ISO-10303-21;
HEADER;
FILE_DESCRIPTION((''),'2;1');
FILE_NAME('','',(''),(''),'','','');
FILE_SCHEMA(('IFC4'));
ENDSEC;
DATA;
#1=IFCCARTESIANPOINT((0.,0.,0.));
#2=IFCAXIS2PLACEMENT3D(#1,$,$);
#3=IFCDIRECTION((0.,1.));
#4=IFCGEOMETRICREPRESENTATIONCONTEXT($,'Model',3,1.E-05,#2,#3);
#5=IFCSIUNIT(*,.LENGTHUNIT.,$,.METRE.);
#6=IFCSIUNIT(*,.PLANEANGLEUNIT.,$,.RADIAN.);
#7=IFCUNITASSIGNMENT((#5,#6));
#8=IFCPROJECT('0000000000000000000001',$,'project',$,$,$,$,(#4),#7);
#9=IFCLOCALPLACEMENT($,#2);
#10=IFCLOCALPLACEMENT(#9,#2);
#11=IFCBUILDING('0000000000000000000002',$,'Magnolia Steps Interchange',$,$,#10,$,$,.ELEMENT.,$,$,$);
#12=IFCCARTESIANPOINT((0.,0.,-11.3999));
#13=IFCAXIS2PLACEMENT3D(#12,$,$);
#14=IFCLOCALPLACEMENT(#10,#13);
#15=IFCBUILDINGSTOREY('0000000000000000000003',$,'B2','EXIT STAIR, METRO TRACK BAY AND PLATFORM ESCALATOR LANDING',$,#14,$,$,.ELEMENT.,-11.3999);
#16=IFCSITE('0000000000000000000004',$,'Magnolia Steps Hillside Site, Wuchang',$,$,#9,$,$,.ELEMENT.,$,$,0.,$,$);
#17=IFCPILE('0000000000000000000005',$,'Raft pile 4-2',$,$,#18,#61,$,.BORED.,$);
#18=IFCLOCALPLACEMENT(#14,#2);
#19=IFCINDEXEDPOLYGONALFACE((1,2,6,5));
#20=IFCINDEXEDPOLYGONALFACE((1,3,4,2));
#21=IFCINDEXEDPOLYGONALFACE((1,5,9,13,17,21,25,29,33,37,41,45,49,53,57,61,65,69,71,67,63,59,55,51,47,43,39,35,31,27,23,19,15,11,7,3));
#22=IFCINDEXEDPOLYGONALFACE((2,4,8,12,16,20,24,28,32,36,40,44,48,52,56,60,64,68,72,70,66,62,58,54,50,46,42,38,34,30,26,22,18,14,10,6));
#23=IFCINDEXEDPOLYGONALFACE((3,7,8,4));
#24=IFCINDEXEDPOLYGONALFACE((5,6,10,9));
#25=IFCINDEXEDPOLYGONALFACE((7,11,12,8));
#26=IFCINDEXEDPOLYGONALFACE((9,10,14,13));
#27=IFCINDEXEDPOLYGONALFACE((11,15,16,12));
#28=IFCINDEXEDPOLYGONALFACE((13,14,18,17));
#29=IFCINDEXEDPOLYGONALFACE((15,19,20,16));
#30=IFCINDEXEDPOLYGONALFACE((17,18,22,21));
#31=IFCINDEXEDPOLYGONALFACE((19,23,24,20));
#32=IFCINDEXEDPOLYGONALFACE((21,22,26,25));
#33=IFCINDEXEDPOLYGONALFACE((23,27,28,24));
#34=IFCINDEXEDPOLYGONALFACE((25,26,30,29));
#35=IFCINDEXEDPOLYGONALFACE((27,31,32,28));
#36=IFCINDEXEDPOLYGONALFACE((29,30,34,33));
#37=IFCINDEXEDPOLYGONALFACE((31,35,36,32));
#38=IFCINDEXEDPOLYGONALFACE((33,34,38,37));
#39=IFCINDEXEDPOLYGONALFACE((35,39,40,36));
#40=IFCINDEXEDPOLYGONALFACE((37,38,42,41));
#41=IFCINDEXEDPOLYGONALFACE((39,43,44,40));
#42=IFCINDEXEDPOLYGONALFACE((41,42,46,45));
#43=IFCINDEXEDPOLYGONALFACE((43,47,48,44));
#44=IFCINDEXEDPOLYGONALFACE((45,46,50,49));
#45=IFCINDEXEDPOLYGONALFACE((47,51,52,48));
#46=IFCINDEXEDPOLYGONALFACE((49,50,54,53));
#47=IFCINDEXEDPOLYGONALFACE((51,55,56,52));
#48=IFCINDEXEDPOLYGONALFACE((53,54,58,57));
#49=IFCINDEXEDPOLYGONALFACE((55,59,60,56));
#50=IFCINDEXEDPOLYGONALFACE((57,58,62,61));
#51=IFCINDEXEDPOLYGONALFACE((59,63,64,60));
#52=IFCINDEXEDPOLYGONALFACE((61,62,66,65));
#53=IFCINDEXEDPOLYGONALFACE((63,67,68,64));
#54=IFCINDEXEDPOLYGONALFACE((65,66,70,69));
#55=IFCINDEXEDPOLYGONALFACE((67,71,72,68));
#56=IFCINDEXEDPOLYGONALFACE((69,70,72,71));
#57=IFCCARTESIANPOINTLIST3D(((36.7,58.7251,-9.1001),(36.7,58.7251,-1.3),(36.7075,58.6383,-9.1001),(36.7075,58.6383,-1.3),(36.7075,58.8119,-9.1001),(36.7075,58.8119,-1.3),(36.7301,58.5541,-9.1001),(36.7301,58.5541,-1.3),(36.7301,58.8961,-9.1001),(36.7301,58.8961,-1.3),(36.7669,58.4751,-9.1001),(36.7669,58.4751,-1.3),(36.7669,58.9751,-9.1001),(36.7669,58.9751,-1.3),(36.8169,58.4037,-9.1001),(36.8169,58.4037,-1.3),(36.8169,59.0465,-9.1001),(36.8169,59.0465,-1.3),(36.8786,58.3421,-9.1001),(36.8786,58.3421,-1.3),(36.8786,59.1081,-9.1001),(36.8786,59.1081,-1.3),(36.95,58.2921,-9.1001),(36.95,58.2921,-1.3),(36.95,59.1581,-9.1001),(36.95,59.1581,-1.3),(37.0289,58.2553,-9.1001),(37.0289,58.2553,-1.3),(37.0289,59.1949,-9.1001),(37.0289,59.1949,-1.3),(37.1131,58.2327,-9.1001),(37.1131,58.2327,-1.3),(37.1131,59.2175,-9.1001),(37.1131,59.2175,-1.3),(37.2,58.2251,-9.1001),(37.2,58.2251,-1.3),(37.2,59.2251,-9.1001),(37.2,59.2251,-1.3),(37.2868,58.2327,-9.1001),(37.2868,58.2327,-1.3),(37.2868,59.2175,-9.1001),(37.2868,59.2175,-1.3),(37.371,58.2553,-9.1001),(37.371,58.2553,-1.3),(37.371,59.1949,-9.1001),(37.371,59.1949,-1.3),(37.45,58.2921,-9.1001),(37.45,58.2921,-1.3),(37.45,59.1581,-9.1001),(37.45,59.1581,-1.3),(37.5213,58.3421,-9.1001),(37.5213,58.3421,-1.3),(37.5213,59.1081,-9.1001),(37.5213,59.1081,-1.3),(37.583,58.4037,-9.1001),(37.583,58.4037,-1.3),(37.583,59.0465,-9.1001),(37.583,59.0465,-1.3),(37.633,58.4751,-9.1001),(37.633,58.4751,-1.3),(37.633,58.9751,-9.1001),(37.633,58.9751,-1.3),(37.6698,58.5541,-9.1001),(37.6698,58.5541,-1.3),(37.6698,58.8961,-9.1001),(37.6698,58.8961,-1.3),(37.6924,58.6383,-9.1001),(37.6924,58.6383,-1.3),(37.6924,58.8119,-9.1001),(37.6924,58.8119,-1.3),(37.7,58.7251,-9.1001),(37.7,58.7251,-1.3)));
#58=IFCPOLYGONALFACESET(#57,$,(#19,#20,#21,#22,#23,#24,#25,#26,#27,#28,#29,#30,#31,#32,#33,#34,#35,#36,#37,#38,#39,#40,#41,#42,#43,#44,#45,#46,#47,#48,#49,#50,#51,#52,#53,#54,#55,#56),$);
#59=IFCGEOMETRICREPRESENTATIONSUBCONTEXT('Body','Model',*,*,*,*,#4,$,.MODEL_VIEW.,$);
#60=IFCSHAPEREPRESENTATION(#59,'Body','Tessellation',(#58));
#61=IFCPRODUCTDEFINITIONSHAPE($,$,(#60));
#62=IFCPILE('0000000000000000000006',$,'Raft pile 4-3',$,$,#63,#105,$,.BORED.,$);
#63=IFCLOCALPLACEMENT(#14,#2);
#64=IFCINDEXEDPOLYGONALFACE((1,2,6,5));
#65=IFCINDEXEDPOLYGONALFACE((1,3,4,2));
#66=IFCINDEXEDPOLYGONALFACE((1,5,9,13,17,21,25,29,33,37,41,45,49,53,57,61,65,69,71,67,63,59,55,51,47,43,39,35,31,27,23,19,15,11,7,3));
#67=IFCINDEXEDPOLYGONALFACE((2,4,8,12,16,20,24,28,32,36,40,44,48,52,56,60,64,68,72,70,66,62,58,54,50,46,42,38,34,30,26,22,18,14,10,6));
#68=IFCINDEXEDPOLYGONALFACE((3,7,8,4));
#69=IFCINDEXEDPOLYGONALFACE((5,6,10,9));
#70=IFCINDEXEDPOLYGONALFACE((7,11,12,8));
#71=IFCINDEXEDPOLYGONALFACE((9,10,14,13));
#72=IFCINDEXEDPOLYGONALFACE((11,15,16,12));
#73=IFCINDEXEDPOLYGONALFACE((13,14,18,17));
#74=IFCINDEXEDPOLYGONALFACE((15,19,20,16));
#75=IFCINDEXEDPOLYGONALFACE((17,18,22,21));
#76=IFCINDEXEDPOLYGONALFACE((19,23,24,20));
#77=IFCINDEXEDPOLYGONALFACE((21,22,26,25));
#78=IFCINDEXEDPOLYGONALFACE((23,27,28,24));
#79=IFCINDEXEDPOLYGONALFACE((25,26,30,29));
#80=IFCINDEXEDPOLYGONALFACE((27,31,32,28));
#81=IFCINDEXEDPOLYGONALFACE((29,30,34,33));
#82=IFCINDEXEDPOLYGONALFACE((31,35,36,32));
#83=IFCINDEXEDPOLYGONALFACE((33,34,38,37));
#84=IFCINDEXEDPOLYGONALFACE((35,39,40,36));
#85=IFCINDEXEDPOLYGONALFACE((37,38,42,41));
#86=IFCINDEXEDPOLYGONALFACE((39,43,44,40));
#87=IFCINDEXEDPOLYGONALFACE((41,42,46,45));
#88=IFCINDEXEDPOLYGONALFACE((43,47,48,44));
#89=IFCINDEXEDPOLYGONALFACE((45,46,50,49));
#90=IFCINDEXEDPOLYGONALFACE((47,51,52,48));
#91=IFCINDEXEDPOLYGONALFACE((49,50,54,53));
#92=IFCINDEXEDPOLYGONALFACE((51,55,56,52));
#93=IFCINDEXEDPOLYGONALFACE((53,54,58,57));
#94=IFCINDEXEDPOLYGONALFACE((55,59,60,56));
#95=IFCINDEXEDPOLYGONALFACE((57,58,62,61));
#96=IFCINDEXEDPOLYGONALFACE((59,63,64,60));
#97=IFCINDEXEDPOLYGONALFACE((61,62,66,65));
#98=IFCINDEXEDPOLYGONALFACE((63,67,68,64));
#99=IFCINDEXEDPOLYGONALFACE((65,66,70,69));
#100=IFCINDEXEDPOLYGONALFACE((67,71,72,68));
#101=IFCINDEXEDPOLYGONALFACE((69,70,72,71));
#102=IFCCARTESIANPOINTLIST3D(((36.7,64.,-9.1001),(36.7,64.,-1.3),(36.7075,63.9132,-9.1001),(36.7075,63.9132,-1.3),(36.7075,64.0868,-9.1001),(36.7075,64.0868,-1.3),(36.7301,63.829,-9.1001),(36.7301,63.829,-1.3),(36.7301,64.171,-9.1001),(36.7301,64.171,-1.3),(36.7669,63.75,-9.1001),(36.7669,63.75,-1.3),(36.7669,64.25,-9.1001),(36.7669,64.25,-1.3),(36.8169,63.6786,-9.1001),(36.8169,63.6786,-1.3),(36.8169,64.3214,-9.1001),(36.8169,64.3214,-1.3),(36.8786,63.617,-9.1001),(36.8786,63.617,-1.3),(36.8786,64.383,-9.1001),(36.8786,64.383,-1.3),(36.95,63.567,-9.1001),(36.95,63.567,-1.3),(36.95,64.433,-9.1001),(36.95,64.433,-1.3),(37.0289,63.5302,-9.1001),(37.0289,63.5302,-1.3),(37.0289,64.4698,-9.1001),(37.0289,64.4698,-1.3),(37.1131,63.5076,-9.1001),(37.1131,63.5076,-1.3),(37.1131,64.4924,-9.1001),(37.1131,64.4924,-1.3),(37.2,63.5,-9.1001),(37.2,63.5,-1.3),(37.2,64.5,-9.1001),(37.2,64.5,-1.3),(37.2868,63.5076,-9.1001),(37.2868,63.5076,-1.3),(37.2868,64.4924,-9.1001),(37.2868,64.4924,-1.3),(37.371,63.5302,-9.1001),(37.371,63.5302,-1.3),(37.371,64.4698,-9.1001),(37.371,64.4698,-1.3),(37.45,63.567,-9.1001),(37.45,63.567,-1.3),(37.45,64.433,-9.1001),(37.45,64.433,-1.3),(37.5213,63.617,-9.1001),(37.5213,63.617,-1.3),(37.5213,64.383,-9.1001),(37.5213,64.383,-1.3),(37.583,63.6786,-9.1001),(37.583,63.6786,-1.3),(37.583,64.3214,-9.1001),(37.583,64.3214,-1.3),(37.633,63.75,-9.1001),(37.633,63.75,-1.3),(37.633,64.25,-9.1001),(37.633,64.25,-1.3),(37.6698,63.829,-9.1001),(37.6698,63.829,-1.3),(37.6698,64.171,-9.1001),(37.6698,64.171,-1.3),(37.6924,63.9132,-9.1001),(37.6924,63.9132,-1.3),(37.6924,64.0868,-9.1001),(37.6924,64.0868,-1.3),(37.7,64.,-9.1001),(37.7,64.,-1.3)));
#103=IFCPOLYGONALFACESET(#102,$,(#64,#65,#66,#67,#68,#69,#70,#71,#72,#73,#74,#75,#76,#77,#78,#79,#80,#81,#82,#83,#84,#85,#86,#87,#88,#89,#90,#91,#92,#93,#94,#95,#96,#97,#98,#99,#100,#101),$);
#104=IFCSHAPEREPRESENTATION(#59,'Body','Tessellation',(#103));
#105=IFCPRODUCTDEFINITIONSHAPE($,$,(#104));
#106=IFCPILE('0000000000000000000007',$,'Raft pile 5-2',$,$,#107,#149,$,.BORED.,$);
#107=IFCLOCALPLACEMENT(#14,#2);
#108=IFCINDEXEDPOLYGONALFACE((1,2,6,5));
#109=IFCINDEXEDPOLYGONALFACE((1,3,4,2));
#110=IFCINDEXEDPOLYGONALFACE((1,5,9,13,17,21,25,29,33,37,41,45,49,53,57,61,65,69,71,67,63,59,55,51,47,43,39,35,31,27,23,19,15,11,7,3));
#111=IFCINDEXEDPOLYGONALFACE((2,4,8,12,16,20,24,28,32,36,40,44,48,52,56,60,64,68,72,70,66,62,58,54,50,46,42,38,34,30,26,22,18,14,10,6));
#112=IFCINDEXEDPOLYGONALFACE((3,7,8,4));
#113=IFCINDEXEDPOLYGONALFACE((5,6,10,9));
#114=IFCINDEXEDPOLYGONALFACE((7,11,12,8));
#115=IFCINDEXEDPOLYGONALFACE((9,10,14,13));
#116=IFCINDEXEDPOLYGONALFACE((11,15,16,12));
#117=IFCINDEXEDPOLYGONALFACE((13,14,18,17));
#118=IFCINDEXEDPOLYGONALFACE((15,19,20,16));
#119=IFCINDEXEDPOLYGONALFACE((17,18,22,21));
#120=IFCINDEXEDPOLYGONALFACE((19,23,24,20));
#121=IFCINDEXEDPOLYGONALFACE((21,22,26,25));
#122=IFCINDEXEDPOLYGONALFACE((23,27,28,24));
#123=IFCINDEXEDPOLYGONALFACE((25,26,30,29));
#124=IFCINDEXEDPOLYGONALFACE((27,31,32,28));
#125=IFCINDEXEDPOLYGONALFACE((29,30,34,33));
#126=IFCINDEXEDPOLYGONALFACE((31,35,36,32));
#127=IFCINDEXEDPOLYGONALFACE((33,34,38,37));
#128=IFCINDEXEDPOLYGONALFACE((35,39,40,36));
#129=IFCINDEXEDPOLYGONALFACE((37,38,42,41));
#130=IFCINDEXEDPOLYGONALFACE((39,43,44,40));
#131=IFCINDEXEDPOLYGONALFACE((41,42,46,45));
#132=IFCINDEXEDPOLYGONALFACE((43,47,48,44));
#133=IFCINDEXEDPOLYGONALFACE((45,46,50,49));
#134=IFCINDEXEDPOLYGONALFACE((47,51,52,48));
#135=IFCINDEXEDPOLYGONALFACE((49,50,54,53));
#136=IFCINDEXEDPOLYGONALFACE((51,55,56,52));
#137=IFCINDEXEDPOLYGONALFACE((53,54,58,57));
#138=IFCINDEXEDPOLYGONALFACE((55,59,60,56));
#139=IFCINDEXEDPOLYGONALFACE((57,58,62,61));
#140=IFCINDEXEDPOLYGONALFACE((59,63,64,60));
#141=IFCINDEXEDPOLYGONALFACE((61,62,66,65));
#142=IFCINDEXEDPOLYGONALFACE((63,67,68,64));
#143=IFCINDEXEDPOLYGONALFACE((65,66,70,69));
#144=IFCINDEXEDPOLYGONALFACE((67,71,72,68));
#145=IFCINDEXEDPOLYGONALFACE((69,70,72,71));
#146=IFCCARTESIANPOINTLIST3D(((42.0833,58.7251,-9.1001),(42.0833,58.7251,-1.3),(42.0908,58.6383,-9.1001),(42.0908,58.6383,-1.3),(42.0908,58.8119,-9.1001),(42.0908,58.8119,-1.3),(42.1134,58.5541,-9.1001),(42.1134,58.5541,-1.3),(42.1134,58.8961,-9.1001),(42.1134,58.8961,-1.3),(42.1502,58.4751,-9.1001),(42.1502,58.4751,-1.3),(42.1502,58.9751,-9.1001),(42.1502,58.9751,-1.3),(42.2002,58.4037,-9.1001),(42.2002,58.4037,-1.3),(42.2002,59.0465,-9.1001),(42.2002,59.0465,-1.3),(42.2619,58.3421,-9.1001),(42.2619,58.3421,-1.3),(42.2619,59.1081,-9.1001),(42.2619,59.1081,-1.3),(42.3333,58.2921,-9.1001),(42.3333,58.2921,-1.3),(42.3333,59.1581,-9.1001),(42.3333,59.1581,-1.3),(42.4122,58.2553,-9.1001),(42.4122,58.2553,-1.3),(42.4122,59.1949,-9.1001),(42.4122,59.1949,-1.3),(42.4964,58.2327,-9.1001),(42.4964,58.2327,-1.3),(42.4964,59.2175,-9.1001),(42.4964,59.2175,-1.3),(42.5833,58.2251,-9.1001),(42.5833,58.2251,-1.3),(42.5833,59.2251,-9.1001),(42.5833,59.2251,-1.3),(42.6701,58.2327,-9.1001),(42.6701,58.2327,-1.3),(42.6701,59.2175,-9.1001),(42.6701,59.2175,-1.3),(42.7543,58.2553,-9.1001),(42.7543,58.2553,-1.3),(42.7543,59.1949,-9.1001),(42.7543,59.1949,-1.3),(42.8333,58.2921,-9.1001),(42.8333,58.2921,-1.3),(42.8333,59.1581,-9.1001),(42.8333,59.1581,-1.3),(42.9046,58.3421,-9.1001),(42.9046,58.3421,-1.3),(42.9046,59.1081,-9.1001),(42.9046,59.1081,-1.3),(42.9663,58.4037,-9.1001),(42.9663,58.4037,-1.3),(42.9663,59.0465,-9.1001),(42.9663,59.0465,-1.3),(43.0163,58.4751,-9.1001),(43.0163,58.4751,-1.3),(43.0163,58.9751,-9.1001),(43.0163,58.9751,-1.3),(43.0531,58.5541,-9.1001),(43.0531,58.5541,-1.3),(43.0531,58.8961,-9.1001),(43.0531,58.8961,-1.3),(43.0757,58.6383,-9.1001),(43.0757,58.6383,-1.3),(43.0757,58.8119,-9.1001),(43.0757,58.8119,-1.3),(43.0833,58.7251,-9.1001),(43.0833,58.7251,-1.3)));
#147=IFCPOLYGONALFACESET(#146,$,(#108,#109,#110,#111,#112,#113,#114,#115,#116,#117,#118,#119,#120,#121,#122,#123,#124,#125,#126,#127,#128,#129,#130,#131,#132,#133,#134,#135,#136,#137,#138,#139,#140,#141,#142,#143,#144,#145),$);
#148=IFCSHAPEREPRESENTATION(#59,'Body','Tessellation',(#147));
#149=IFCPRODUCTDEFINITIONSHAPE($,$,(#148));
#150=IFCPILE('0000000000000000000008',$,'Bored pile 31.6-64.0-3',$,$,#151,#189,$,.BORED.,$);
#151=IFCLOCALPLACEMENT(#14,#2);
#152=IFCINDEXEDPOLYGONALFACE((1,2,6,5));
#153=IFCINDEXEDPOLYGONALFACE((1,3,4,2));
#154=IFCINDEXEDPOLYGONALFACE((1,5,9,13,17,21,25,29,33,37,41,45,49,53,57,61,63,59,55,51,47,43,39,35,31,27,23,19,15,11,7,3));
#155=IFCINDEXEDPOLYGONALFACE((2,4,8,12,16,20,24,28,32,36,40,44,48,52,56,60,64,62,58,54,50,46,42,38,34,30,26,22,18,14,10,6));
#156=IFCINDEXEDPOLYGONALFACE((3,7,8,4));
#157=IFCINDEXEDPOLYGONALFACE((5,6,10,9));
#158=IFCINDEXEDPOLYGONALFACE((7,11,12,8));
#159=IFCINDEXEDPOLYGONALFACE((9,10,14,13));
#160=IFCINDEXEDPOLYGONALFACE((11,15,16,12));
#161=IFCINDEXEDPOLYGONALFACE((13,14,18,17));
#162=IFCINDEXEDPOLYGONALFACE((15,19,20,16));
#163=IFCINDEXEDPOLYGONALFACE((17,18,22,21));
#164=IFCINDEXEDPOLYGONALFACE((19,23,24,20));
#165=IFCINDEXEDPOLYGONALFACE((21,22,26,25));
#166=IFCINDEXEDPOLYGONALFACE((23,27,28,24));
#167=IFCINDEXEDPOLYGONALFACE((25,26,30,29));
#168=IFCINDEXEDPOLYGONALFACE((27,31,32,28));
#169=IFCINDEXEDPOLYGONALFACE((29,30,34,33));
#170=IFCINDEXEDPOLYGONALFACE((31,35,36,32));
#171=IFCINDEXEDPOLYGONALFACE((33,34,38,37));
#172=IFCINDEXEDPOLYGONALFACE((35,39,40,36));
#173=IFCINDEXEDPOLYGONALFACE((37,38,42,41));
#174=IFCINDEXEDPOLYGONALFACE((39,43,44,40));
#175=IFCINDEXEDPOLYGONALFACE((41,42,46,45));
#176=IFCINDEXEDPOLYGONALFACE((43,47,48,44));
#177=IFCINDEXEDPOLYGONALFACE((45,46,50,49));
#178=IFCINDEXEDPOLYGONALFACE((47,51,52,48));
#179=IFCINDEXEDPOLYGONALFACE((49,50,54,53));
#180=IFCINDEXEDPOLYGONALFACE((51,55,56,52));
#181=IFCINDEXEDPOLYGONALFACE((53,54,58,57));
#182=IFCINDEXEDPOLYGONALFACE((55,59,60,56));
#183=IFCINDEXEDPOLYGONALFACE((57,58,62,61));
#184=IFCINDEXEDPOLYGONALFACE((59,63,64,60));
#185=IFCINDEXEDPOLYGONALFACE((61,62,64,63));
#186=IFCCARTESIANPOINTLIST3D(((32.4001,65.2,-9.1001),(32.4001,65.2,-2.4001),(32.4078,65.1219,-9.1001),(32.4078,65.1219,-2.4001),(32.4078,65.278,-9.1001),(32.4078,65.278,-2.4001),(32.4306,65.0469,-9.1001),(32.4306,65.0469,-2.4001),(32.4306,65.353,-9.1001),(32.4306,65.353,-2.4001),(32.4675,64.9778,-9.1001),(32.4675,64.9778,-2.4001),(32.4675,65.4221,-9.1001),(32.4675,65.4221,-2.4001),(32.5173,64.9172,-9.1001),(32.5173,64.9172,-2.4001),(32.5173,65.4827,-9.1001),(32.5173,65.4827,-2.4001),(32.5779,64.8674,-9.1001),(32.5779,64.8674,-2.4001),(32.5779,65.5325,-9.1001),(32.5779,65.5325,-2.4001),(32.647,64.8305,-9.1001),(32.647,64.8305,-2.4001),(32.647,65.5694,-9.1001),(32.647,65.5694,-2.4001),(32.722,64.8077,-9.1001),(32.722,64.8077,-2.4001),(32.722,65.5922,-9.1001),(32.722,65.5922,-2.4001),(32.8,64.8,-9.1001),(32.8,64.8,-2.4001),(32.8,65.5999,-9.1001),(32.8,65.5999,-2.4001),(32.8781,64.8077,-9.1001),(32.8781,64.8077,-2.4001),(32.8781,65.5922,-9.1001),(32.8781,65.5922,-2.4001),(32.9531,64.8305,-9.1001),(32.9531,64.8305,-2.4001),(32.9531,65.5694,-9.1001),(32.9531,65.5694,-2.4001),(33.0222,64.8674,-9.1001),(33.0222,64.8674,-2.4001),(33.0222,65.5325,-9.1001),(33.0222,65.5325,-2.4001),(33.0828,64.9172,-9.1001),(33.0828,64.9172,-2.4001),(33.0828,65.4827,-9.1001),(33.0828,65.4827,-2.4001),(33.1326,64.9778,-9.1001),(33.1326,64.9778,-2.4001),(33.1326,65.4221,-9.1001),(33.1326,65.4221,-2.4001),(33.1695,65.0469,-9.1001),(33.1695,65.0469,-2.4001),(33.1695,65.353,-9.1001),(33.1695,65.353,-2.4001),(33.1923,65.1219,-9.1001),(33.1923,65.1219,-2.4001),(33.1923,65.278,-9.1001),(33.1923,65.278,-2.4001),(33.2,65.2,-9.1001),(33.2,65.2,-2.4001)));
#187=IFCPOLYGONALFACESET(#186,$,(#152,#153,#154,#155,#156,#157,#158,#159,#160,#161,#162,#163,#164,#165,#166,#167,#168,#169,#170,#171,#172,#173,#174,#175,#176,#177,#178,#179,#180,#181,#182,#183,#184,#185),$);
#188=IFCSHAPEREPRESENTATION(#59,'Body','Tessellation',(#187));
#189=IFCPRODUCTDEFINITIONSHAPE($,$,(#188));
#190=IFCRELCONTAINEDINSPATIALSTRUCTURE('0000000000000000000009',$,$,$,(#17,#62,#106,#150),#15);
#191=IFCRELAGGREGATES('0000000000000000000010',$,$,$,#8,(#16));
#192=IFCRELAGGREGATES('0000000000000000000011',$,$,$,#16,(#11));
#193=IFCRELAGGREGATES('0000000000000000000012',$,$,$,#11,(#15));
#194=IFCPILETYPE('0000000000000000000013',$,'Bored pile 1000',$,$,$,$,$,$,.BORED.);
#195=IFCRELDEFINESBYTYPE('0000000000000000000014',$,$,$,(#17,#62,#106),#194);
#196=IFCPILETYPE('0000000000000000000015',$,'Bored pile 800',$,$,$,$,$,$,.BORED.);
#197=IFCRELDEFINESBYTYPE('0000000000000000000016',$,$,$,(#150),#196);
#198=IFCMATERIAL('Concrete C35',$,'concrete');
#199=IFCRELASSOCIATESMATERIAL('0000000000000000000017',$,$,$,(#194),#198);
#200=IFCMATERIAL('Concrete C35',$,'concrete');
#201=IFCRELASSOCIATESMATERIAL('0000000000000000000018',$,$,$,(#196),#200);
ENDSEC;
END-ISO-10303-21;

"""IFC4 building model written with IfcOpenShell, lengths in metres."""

from ifc_helpers import new_model, si_unit, direction, frame, origin, origin_2d, place, context, subcontext, project, spatial, circle, extrude, material, material_profile, profile_set, type_object, element, save


model = new_model("IFC4")

# Units and contexts
model_context = context("Model", 3, precision=1e-05, world=origin(), true_north=direction((0.0, 1.0)))
body_context = subcontext(model_context, "Body", "Model", "MODEL_VIEW")
ifc_project = project(units=[si_unit("LENGTHUNIT", "METRE"), si_unit("PLANEANGLEUNIT", "RADIAN")], contexts=[model_context])

# Site, building, storey
site_placement = place(None, origin())
site = spatial("IfcSite", under=ifc_project, at=site_placement, Name="Magnolia Steps Hillside Site, Wuchang", CompositionType="ELEMENT", RefElevation=0.0)
building_placement = place(site_placement, origin())
building = spatial("IfcBuilding", under=site, at=building_placement, Name="Magnolia Steps Interchange", CompositionType="ELEMENT")
storey_placement = place(building_placement, frame((0.0, 0.0, -11.3999)))
storey = spatial("IfcBuildingStorey", under=building, at=storey_placement, Name="B2", Description="EXIT STAIR, METRO TRACK BAY AND PLATFORM ESCALATOR LANDING", CompositionType="ELEMENT", Elevation=-11.3999)

# Piles
ifc_material_1 = material(Name="Concrete C35", Category="concrete")
ifc_material_profile_1 = material_profile(ifc_material_1, circle(Radius=0.5, at=origin_2d()), Name="Bored pile 1000")
ifc_profile_set_1 = profile_set([ifc_material_profile_1], Name="Concrete C35")
pile_type_1 = type_object("IfcPileType", Name="Bored pile 1000", PredefinedType="BORED", material=ifc_profile_set_1)
for number, where, z_axis, x_axis, name in (
    (1, (37.2, 58.7251, -1.3), (0.0, 0.0, -1.0), (1.0, 0.0, 0.0), "Raft pile 4-2"),
    (2, (37.2, 64.0, -1.3), (0.0, 0.0, -1.0), (1.0, 0.0, 0.0), "Raft pile 4-3"),
    (3, (42.5833, 58.7251, -1.3), (0.0, 0.0, -1.0), (1.0, 0.0, 0.0), "Raft pile 5-2"),
):
    element("IfcPile", number, at=place(storey_placement, frame(where, z_axis=z_axis, x_axis=x_axis)), inside=storey, type_object=pile_type_1, Name=name, PredefinedType="BORED", context=body_context, shape_type="SweptSolid", body=[
        extrude(circle(Radius=0.5, at=origin_2d()), origin(), (0.0, 0.0, 1.0), 7.8),
    ])
ifc_material_2 = material(Name="Concrete C35", Category="concrete")
ifc_material_profile_2 = material_profile(ifc_material_2, circle(Radius=0.3999, at=origin_2d()), Name="Bored pile 800")
ifc_profile_set_2 = profile_set([ifc_material_profile_2], Name="Concrete C35")
pile_type_2 = type_object("IfcPileType", Name="Bored pile 800", PredefinedType="BORED", material=ifc_profile_set_2)
for number, where, z_axis, x_axis, name in (
    (4, (32.8, 65.2, -2.4001), (0.0, 0.0, -1.0), (1.0, 0.0, 0.0), "Bored pile 31.6-64.0-3"),
):
    element("IfcPile", number, at=place(storey_placement, frame(where, z_axis=z_axis, x_axis=x_axis)), inside=storey, type_object=pile_type_2, Name=name, PredefinedType="BORED", context=body_context, shape_type="SweptSolid", body=[
        extrude(circle(Radius=0.3999, at=origin_2d()), origin(), (0.0, 0.0, 1.0), 6.7),
    ])

save(model, "model.ifc")
